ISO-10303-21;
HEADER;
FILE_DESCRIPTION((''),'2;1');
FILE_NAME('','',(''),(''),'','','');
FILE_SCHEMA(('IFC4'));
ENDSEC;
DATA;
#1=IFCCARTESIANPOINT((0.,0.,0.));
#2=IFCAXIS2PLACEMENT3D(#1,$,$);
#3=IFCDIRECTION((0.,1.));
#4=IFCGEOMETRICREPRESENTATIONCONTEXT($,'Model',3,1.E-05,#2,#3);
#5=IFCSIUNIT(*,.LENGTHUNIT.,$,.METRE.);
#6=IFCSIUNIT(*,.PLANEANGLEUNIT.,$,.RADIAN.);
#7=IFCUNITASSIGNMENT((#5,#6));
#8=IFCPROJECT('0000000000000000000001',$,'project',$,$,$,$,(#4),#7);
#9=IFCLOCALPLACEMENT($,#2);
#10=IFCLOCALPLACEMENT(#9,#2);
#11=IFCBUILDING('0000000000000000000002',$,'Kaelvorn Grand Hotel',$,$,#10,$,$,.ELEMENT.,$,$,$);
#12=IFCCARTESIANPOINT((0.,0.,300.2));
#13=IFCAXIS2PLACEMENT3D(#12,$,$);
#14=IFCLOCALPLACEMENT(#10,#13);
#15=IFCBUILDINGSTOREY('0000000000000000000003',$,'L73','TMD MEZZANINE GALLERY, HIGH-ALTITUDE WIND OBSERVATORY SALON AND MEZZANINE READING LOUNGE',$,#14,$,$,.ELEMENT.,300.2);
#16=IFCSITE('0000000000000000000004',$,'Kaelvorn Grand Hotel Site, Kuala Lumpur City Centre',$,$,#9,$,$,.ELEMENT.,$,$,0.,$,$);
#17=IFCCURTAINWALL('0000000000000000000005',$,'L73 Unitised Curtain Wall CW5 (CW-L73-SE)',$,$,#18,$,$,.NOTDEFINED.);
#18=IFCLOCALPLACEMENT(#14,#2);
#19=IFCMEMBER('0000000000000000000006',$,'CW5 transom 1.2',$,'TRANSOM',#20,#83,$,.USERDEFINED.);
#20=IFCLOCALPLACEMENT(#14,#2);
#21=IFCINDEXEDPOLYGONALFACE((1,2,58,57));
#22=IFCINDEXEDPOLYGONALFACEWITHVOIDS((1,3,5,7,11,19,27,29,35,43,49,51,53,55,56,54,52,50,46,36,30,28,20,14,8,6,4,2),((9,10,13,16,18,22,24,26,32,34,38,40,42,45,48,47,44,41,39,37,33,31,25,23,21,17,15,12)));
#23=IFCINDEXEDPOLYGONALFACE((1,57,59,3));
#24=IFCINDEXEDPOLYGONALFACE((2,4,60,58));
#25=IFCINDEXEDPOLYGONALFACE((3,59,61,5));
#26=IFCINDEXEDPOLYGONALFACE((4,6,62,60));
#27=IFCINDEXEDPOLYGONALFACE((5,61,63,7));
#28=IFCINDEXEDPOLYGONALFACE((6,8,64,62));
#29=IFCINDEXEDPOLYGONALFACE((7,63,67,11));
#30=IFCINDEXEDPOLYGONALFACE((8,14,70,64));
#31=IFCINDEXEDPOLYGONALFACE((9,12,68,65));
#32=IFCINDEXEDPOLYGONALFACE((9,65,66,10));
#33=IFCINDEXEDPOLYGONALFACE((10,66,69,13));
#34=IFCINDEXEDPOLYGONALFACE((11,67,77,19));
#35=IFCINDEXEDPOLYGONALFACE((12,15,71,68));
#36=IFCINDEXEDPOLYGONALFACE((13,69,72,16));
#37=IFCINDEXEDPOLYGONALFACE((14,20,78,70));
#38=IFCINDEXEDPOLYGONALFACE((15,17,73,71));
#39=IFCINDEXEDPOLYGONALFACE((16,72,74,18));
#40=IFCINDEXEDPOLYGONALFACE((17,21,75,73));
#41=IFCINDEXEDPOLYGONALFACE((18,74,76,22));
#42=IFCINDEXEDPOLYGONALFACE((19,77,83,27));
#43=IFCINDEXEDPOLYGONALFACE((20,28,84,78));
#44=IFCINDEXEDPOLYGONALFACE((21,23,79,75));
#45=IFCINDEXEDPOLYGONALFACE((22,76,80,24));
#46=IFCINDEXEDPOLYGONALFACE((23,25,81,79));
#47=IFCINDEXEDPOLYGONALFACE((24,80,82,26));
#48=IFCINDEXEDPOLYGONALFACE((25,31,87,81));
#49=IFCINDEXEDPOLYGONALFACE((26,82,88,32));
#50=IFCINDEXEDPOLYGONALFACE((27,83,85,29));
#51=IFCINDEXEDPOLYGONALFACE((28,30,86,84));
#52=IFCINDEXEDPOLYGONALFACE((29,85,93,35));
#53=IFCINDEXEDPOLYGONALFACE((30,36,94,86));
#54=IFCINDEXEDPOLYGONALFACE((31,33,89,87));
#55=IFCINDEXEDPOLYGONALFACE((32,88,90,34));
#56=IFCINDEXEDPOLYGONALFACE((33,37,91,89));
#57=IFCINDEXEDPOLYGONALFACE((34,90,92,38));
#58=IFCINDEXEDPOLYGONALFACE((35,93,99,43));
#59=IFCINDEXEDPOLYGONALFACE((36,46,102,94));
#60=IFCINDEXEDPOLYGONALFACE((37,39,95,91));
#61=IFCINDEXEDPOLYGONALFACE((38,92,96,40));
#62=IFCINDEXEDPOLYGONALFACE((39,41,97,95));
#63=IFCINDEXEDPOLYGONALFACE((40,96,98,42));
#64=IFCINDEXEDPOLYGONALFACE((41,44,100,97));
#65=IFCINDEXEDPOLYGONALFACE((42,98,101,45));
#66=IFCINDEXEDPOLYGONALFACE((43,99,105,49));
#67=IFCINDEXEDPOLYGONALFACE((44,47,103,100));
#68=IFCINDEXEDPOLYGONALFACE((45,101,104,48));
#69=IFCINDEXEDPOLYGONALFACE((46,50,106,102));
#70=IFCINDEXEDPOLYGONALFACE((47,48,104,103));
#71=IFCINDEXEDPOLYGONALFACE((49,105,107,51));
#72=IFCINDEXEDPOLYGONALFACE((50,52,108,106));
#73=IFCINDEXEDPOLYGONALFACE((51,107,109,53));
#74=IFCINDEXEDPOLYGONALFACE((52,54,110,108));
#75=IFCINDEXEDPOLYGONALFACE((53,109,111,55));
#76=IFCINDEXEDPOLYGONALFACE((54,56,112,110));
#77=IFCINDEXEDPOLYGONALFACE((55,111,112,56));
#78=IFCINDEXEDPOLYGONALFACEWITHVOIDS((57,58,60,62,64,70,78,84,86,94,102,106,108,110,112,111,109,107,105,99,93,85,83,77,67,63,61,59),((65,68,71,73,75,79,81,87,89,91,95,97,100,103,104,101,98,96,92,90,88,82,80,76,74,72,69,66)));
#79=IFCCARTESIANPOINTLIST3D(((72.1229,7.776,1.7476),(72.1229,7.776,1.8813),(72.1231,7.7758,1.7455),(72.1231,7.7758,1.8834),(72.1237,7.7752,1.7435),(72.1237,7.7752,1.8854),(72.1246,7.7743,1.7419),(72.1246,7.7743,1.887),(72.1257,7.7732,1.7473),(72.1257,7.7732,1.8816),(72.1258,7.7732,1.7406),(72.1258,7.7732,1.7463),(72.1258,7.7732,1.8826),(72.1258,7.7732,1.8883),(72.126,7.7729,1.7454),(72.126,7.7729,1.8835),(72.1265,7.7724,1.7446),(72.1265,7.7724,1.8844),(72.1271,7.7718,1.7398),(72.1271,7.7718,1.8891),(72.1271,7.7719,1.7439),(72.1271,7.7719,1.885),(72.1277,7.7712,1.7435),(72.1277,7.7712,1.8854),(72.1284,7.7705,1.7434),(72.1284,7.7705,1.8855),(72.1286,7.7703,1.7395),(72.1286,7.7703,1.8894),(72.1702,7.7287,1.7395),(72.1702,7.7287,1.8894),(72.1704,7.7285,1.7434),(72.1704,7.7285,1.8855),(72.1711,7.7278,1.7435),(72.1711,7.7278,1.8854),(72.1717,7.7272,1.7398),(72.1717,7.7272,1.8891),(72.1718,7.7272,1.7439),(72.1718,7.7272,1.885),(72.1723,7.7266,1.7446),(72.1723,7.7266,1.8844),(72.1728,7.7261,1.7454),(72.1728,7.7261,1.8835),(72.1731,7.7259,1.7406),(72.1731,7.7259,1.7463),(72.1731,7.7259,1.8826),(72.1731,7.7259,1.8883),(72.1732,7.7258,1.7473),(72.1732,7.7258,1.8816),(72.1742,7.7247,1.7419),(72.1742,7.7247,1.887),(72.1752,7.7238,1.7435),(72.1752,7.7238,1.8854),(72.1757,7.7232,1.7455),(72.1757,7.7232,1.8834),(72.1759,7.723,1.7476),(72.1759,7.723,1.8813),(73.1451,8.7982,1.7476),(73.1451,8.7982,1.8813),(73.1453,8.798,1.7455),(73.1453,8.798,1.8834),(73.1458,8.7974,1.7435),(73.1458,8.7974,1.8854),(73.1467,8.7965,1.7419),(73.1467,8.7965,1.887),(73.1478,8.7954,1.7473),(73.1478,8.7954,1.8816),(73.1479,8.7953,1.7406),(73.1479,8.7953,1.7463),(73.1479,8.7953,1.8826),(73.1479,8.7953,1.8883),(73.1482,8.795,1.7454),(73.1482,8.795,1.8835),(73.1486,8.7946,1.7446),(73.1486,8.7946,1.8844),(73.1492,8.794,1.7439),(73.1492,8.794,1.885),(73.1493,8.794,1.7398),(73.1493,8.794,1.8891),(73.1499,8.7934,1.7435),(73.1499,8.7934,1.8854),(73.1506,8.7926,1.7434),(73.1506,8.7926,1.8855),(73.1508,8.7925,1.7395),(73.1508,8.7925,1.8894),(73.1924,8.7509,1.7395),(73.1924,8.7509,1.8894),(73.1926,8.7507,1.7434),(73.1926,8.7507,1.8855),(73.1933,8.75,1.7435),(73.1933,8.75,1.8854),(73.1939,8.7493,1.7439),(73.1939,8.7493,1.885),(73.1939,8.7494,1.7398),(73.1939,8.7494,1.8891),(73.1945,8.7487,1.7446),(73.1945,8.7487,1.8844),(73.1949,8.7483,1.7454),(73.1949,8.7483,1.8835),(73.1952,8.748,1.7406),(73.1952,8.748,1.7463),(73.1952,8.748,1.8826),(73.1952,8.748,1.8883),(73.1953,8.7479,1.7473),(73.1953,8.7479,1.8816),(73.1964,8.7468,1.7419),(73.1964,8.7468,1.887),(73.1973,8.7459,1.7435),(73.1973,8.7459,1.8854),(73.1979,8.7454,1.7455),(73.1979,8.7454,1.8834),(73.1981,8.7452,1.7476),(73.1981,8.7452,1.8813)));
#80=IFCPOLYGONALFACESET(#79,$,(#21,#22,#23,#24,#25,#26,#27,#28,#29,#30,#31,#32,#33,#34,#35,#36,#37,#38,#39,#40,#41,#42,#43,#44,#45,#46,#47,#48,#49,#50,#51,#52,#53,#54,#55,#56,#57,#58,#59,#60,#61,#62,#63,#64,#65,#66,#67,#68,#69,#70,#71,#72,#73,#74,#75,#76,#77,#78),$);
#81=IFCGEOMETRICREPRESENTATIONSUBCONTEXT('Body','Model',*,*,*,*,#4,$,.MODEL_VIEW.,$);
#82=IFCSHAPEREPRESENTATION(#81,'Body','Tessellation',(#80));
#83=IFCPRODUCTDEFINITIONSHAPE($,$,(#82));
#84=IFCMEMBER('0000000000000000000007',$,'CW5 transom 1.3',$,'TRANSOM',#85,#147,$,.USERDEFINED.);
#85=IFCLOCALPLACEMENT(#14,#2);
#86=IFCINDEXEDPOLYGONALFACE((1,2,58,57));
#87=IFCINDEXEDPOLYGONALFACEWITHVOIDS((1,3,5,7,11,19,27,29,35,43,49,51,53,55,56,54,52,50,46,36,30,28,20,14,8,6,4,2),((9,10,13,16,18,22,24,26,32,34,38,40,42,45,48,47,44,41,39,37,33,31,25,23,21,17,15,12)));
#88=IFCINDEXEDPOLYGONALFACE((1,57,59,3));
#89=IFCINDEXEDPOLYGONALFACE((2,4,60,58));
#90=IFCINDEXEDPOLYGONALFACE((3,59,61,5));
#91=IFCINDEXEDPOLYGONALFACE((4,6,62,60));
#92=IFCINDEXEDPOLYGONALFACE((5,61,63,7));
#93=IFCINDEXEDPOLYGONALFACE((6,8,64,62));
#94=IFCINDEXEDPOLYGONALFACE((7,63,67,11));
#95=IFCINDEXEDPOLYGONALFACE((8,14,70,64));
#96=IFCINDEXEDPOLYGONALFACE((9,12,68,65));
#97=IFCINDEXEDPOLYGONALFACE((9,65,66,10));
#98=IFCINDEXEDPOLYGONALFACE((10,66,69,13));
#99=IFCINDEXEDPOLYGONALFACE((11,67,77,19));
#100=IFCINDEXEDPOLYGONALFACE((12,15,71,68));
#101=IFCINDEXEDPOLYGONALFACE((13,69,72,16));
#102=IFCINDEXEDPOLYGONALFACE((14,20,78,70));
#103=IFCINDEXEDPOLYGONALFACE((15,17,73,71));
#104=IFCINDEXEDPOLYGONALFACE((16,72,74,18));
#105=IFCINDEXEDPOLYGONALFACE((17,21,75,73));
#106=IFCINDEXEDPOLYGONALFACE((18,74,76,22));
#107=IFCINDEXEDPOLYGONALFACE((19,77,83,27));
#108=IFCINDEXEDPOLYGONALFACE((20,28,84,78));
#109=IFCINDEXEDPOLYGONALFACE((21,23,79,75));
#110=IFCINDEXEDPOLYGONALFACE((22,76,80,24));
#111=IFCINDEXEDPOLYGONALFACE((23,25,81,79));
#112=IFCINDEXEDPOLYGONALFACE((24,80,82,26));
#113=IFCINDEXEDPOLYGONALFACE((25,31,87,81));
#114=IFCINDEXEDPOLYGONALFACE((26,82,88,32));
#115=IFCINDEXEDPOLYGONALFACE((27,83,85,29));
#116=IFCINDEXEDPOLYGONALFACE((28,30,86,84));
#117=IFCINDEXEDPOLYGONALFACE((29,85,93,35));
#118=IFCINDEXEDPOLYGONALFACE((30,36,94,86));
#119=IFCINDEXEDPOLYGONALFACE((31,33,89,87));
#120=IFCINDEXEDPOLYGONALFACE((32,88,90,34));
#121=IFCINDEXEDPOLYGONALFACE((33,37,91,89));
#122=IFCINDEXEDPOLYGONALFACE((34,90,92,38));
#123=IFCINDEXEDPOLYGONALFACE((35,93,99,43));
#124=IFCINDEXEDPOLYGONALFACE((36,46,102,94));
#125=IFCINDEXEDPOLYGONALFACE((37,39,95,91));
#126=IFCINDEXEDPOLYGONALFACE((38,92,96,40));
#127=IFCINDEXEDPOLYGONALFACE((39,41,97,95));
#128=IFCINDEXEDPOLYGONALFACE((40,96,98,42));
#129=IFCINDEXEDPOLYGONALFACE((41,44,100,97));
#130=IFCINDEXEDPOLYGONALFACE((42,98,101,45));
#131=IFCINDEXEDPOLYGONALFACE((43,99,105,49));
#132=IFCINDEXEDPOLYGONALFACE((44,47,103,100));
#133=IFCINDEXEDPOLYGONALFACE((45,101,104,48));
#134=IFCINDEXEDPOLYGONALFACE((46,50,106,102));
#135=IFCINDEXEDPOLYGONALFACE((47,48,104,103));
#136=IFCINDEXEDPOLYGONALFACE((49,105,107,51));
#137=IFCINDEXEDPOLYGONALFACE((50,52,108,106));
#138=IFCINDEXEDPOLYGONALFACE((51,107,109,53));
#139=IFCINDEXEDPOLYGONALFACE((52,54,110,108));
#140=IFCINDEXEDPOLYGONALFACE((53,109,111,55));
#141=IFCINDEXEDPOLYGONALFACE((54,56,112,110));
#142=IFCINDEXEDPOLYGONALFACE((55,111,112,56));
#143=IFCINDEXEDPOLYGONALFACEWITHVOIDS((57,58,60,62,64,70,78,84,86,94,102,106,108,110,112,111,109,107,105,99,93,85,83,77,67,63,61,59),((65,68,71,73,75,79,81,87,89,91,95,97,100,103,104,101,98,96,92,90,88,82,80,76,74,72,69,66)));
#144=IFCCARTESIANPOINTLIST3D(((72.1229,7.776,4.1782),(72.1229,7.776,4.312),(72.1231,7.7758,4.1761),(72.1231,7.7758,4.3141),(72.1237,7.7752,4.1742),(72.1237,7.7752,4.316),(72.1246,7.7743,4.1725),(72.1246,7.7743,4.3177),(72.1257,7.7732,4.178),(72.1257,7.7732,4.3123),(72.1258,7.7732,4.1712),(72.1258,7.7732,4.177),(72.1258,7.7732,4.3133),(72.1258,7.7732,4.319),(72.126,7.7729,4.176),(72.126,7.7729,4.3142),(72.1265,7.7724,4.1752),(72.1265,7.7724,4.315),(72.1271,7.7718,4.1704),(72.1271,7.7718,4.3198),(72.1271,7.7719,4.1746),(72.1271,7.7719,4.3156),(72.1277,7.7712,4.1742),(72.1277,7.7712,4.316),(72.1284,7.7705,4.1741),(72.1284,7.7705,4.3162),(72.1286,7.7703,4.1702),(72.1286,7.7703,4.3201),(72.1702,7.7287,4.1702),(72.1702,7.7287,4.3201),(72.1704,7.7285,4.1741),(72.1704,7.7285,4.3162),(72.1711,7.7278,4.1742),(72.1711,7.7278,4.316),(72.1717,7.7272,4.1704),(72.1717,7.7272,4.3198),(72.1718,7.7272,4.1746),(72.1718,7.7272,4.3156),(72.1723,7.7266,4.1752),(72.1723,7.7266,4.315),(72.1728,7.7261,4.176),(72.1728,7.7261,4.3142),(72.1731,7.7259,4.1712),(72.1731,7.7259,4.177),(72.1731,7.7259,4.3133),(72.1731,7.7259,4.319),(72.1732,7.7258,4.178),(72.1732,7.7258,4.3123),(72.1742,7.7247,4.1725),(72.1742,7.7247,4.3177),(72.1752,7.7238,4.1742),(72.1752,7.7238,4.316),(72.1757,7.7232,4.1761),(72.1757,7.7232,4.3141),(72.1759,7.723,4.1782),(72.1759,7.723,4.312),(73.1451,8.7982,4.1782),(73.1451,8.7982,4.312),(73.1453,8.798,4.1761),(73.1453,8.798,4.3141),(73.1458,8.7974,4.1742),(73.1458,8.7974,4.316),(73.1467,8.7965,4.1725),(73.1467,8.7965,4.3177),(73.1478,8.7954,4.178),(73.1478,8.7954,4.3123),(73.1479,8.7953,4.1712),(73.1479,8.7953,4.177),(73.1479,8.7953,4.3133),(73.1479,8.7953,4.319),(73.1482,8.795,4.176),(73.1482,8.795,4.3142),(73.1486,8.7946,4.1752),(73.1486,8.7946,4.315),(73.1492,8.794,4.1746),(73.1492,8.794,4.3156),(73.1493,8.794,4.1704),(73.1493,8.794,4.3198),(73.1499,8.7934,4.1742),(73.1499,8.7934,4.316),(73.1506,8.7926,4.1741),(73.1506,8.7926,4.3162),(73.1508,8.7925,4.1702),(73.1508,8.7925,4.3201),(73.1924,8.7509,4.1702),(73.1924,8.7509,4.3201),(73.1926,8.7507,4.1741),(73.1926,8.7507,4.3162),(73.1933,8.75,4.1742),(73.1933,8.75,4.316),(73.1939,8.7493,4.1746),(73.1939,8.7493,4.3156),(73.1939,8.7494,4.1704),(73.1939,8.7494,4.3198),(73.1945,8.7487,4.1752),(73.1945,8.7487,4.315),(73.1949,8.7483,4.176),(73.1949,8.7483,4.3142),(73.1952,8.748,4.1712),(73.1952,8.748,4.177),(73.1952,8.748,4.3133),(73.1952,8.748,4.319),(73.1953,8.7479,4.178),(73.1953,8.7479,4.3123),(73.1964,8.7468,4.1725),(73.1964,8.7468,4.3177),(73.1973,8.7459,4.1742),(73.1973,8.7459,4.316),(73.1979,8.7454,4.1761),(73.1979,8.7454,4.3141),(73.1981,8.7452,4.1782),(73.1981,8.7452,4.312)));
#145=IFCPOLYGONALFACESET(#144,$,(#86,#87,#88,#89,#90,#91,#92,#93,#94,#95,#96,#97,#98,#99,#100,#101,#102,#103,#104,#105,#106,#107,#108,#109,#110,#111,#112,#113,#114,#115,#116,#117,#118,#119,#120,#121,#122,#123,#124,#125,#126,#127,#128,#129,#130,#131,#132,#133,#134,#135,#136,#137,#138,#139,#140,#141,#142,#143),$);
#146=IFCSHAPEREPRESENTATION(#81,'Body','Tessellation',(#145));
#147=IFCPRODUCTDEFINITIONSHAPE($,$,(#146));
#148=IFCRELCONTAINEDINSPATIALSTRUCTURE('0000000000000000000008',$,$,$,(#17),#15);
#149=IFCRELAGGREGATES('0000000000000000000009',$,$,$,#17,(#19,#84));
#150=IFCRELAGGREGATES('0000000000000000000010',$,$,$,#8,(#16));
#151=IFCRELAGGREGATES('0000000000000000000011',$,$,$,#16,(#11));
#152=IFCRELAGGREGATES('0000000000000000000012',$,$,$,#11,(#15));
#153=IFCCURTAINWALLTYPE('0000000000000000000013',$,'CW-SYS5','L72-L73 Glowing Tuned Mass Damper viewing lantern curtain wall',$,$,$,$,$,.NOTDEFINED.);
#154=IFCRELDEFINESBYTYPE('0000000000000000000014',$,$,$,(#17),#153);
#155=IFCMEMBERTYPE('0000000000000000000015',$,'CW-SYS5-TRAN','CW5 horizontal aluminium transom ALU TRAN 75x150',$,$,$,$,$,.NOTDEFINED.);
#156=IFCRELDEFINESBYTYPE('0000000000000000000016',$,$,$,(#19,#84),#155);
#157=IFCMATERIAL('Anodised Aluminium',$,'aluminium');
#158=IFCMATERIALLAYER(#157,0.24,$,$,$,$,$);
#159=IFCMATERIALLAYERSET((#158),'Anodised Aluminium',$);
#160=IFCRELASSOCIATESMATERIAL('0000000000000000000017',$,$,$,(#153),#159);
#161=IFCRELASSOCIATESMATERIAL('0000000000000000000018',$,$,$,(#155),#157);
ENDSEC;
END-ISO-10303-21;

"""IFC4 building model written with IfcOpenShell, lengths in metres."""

from ifc_helpers import new_model, si_unit, direction, frame, origin, origin_2d, place, context, subcontext, project, spatial, hollow_rectangle, extrude, material, layer, layer_set, material_profile, profile_set, type_object, element, aggregate, save


model = new_model("IFC4")

# Units and contexts
model_context = context("Model", 3, precision=1e-05, world=origin(), true_north=direction((0.0, 1.0)))
body_context = subcontext(model_context, "Body", "Model", "MODEL_VIEW")
ifc_project = project(units=[si_unit("LENGTHUNIT", "METRE"), si_unit("PLANEANGLEUNIT", "RADIAN")], contexts=[model_context])

# Site, building, storey
site_placement = place(None, origin())
site = spatial("IfcSite", under=ifc_project, at=site_placement, Name="Kaelvorn Grand Hotel Site, Kuala Lumpur City Centre", CompositionType="ELEMENT", RefElevation=0.0)
building_placement = place(site_placement, origin())
building = spatial("IfcBuilding", under=site, at=building_placement, Name="Kaelvorn Grand Hotel", CompositionType="ELEMENT")
storey_placement = place(building_placement, frame((0.0, 0.0, 300.2)))
storey = spatial("IfcBuildingStorey", under=building, at=storey_placement, Name="L73", Description="TMD MEZZANINE GALLERY, HIGH-ALTITUDE WIND OBSERVATORY SALON AND MEZZANINE READING LOUNGE", CompositionType="ELEMENT", Elevation=300.2)

# Shared definitions
ifc_material_1 = material(Name="Anodised Aluminium", Category="aluminium")
ifc_layer_1 = layer(ifc_material_1, 0.24)
ifc_layer_set_1 = layer_set([ifc_layer_1], Name="Anodised Aluminium")
curtain_wall_type = type_object("IfcCurtainWallType", Name="CW-SYS5", Description="L72-L73 Glowing Tuned Mass Damper viewing lantern curtain wall", PredefinedType="NOTDEFINED", material=ifc_layer_set_1)

# Curtain wall, members
curtain_wall_1_placement = place(storey_placement, origin())
curtain_wall_1 = element("IfcCurtainWall", 1, at=curtain_wall_1_placement, inside=storey, type_object=curtain_wall_type, Name="L73 Unitised Curtain Wall CW5 (CW-L73-SE)", PredefinedType="NOTDEFINED")
ifc_material_profile_1 = material_profile(ifc_material_1, hollow_rectangle(XDim=0.075, YDim=0.1499, WallThickness=0.0039, InnerFilletRadius=0.0039, OuterFilletRadius=0.0081, at=origin_2d()), Name="ALU TRAN 75x150")
ifc_profile_set_1 = profile_set([ifc_material_profile_1], Name="Anodised Aluminium")
member_type_1 = type_object("IfcMemberType", Name="CW-SYS5-TRAN", Description="CW5 horizontal aluminium transom ALU TRAN 75x150", PredefinedType="NOTDEFINED", material=ifc_profile_set_1)
member_1_placement = place(storey_placement, frame((72.1494, 7.7495, 1.8145), z_axis=(0.707107, 0.707107, 0.0), x_axis=(-0.707107, 0.707107, 0.0)))
member_1 = element("IfcMember", 2, at=member_1_placement, type_object=member_type_1, Name="CW5 transom 1.2", ObjectType="TRANSOM", PredefinedType="USERDEFINED", context=body_context, shape_type="SweptSolid", body=[
    extrude(hollow_rectangle(XDim=0.075, YDim=0.1499, WallThickness=0.0039, InnerFilletRadius=0.0039, OuterFilletRadius=0.0081, at=origin_2d()), origin(), (0.0, 0.0, 1.0), 1.4456),
])
member_2_placement = place(storey_placement, frame((72.1494, 7.7495, 4.2451), z_axis=(0.707107, 0.707107, 0.0), x_axis=(-0.707107, 0.707107, 0.0)))
member_2 = element("IfcMember", 3, at=member_2_placement, type_object=member_type_1, Name="CW5 transom 1.3", ObjectType="TRANSOM", PredefinedType="USERDEFINED", context=body_context, shape_type="SweptSolid", body=[
    extrude(hollow_rectangle(XDim=0.075, YDim=0.1499, WallThickness=0.0039, InnerFilletRadius=0.0039, OuterFilletRadius=0.0081, at=origin_2d()), origin(), (0.0, 0.0, 1.0), 1.4456),
])

aggregate(curtain_wall_1, [member_1, member_2])

save(model, "model.ifc")
